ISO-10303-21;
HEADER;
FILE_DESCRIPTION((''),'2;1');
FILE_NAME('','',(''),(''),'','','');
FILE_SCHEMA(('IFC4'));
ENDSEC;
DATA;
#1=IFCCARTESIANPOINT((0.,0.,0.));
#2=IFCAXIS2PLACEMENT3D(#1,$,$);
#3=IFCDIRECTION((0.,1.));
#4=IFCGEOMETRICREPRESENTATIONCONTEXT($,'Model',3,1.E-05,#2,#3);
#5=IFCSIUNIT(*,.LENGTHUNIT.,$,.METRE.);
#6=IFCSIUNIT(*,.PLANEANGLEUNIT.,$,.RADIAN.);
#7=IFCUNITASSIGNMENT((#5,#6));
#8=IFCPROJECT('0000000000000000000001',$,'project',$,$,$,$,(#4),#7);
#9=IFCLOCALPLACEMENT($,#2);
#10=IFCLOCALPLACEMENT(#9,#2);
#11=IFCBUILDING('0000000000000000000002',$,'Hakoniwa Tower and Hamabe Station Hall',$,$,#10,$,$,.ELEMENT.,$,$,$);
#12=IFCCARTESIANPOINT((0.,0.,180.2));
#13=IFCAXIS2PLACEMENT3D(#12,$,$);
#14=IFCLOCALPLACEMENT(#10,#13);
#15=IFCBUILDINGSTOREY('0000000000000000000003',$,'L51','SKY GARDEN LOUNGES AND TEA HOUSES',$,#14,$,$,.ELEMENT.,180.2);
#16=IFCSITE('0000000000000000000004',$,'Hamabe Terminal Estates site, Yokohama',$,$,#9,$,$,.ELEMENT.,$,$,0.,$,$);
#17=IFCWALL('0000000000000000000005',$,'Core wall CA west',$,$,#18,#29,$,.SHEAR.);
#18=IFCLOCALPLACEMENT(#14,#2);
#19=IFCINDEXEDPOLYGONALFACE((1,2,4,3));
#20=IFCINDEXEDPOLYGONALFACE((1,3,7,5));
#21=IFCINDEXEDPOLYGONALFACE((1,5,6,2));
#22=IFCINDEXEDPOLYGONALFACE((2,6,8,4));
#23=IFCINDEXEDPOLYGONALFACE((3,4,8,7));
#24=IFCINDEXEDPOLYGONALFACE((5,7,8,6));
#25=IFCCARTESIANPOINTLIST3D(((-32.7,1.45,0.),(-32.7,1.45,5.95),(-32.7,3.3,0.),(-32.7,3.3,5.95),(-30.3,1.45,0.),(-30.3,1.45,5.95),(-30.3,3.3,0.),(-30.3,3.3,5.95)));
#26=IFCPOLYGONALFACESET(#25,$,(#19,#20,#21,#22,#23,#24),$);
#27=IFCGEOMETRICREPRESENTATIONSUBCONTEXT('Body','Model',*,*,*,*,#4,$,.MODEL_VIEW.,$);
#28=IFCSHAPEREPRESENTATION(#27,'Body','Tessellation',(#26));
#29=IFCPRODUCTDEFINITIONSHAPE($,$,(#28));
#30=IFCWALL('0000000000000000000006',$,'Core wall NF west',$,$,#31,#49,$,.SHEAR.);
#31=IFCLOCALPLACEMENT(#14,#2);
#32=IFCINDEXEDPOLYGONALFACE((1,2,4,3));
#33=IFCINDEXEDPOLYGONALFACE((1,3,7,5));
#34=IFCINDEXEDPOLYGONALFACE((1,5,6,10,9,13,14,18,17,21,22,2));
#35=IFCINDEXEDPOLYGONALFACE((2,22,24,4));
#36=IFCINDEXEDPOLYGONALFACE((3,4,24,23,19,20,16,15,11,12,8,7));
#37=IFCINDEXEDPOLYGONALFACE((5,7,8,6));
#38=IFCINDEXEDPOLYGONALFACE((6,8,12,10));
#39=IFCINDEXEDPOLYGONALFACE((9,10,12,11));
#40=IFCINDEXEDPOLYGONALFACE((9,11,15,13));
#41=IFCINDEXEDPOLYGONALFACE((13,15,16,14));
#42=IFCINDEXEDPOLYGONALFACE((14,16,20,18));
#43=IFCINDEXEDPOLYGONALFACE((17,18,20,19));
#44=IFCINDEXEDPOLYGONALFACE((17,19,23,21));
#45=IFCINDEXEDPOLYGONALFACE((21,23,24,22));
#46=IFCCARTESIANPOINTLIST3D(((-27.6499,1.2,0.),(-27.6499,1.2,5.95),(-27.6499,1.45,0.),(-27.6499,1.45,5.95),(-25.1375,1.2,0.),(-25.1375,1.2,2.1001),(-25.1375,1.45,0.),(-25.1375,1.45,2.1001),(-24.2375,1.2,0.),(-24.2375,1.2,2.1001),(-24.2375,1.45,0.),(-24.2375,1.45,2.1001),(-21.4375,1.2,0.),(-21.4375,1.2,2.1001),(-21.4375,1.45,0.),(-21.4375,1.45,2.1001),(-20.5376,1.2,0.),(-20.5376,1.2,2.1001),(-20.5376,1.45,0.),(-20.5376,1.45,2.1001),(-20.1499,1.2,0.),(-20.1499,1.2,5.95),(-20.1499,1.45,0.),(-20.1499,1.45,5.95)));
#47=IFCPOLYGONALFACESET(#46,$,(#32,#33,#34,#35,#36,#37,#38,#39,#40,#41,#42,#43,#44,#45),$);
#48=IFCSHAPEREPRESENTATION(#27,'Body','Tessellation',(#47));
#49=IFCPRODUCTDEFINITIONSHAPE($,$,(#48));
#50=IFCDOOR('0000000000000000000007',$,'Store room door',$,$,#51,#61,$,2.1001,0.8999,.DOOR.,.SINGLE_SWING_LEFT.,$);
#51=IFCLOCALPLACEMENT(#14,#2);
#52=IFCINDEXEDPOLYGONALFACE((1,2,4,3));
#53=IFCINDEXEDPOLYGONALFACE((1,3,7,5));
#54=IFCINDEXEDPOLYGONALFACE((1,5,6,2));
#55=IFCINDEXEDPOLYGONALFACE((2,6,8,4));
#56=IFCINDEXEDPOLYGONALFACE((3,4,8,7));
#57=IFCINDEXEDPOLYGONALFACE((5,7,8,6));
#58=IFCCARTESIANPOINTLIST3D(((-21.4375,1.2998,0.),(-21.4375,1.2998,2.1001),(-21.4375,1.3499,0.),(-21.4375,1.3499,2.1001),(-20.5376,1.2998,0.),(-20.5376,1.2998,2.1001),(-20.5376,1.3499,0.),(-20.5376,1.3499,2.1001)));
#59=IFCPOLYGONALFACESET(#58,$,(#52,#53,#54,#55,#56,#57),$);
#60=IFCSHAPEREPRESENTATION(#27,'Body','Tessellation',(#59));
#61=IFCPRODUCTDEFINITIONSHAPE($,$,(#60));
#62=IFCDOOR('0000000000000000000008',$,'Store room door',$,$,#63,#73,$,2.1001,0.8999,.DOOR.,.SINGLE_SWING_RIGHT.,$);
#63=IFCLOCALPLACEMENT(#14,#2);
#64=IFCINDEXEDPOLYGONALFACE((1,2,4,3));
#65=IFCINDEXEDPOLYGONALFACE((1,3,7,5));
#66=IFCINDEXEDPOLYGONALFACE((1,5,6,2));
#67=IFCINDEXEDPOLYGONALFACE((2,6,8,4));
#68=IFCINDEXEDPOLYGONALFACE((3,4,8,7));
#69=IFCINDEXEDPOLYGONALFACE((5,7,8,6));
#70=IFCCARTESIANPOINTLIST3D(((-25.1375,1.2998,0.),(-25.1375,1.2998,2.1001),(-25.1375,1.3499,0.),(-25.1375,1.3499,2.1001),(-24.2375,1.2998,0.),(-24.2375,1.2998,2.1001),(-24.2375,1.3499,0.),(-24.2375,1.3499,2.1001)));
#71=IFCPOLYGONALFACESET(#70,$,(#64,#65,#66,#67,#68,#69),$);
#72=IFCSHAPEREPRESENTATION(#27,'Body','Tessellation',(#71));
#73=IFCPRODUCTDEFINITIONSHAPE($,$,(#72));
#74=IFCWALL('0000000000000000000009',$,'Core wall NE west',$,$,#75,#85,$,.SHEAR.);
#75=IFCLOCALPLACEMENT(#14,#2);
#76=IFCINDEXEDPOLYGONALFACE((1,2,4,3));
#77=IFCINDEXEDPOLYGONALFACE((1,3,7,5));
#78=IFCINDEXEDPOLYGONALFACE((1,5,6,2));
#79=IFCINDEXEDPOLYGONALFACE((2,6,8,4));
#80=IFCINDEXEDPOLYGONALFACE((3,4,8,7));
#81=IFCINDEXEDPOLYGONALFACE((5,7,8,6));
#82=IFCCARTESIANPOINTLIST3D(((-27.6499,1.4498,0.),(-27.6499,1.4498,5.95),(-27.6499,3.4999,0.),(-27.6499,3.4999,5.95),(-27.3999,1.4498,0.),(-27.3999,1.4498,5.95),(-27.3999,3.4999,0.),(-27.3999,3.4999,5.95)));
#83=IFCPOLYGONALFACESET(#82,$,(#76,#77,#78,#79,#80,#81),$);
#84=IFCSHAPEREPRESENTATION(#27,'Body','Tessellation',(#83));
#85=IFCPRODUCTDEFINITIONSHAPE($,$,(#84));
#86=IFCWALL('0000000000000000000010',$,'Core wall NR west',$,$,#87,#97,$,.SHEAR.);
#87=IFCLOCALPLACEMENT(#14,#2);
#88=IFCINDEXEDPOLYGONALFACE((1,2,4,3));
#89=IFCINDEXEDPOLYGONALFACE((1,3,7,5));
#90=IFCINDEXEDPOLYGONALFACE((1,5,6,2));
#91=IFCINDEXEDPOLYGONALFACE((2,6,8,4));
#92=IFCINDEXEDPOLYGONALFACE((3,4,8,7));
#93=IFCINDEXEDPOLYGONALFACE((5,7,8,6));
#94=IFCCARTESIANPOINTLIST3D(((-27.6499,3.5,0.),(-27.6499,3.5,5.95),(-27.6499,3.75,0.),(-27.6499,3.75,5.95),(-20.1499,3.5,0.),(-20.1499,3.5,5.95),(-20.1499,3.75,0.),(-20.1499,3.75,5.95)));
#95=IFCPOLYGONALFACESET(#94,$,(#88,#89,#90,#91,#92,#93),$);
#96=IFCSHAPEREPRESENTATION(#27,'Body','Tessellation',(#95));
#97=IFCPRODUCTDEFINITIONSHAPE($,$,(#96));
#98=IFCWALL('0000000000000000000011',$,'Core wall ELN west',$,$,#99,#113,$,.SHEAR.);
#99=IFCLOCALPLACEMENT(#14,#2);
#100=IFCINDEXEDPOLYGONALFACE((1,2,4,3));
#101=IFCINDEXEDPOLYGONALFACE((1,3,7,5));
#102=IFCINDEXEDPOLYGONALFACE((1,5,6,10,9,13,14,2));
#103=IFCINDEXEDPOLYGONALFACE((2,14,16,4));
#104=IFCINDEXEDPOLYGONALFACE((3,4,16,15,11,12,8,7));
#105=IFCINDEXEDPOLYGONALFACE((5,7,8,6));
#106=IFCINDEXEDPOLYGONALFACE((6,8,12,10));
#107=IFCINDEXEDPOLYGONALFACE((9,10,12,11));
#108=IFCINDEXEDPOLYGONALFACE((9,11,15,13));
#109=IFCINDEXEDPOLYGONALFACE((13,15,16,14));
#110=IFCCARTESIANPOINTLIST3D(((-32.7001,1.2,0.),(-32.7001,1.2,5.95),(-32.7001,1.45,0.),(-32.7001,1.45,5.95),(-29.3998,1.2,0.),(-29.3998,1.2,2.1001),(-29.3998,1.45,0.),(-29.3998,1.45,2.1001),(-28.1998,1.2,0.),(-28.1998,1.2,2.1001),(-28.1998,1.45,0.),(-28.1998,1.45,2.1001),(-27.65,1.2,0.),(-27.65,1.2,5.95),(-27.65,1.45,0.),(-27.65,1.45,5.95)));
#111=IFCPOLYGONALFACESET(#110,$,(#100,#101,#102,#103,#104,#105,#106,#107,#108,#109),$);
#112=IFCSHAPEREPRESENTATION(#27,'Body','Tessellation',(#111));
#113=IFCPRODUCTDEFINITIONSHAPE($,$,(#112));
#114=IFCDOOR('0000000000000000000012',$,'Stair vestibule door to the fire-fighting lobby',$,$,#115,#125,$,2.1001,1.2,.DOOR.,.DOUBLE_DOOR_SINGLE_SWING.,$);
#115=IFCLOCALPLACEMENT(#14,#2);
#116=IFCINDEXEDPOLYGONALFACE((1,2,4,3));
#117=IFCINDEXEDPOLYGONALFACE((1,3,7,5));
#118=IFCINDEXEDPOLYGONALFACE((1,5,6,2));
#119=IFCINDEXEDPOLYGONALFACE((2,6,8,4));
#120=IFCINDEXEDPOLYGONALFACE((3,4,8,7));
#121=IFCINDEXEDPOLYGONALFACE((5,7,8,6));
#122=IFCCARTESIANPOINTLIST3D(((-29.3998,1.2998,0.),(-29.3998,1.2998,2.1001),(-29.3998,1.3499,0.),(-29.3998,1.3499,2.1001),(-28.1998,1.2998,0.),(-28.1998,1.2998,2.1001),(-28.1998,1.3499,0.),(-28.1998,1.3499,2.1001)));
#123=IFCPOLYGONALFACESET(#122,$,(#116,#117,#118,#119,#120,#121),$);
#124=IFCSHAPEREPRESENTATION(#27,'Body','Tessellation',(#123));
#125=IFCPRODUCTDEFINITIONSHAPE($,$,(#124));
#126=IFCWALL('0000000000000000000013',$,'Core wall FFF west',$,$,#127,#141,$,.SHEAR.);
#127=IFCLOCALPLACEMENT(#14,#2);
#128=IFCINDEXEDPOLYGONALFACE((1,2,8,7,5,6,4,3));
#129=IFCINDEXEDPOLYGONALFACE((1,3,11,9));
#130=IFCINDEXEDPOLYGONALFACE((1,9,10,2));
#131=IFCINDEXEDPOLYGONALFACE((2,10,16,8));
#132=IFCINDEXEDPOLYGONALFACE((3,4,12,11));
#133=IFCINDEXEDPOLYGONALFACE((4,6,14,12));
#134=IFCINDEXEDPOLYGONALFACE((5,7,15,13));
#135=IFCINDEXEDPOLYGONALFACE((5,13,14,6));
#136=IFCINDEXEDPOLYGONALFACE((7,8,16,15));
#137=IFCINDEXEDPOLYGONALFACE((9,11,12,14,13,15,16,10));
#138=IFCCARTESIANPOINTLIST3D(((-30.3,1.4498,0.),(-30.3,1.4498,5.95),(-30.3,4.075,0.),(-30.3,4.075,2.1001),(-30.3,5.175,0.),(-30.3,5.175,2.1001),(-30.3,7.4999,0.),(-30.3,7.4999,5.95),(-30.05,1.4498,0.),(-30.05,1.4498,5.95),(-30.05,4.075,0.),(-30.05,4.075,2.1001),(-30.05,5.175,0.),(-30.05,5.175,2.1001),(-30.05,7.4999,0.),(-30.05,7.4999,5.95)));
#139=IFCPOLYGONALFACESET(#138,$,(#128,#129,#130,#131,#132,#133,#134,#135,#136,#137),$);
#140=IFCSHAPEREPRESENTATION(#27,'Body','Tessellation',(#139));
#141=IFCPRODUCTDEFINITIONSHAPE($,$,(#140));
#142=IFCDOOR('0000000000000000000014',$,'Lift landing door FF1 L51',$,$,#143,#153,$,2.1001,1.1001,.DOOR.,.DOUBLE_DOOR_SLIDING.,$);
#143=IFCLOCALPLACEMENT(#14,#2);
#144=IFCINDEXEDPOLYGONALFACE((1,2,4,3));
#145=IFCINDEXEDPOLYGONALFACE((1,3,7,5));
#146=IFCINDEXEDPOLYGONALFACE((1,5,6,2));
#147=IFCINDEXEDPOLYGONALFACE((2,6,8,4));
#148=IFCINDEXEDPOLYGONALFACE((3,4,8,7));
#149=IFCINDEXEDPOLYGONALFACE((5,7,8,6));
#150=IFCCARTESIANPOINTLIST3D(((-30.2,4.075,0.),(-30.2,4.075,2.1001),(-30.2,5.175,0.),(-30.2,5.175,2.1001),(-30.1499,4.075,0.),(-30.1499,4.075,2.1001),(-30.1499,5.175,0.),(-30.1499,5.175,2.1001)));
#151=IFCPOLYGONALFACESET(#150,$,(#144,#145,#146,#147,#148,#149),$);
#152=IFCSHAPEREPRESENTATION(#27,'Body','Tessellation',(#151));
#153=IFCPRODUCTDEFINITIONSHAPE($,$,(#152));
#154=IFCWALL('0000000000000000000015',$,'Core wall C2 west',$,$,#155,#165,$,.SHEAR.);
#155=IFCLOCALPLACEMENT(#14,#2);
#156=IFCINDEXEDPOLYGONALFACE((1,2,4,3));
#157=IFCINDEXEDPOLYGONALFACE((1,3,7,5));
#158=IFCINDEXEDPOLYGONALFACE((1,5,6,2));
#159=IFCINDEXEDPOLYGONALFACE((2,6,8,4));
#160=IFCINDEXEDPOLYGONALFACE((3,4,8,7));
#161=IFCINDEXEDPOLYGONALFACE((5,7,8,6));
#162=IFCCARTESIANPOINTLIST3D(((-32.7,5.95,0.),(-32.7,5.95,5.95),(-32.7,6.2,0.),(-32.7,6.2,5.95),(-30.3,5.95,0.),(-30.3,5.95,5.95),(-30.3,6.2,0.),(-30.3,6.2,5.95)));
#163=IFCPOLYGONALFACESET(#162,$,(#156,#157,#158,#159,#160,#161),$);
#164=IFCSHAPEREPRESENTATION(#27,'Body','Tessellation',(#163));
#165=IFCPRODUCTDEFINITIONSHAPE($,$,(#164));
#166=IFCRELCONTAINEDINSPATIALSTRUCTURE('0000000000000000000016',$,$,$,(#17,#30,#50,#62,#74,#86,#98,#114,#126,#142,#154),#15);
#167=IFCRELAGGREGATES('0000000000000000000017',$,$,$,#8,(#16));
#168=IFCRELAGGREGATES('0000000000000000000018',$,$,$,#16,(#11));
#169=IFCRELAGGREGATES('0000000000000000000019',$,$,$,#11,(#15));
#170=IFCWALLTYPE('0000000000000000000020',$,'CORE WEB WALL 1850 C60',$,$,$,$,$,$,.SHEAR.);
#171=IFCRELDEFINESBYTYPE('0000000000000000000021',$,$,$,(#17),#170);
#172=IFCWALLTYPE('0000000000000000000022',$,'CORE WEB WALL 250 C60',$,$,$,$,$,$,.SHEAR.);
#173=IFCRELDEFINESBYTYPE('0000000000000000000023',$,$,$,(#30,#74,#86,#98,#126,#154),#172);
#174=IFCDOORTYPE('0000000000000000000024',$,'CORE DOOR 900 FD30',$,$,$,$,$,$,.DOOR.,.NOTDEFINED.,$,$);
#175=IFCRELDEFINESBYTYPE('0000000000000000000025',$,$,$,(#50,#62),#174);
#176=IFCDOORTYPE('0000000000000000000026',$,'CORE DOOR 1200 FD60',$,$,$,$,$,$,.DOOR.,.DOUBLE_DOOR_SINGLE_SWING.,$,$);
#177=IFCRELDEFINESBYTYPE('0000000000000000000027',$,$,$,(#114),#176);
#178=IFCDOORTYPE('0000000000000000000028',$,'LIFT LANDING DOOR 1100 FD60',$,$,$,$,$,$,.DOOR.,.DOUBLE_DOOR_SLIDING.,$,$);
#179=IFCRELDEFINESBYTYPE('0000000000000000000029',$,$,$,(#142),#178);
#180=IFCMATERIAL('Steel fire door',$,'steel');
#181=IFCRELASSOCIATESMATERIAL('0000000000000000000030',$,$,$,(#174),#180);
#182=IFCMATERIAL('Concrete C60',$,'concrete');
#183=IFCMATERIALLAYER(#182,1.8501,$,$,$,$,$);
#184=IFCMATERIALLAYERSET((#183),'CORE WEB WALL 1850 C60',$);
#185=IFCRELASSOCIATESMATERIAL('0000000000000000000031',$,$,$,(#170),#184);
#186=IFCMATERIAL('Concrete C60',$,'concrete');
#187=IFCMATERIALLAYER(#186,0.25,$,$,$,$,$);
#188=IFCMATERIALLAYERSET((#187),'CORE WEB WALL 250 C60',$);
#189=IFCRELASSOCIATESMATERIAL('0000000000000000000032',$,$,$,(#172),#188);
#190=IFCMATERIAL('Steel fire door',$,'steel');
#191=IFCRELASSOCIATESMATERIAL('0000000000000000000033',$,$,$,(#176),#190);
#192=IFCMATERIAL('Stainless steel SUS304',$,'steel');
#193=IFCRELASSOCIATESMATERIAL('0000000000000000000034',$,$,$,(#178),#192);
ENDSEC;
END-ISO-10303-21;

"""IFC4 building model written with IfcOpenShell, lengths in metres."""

from ifc_helpers import new_model, si_unit, direction, frame, frame_2d, origin, place, context, subcontext, project, spatial, rectangle, extrude, material, layer, layer_set, type_object, element, fill, save


model = new_model("IFC4")

# Units and contexts
model_context = context("Model", 3, precision=1e-05, world=origin(), true_north=direction((0.0, 1.0)))
body_context = subcontext(model_context, "Body", "Model", "MODEL_VIEW")
ifc_project = project(units=[si_unit("LENGTHUNIT", "METRE"), si_unit("PLANEANGLEUNIT", "RADIAN")], contexts=[model_context])

# Site, building, storey
site_placement = place(None, origin())
site = spatial("IfcSite", under=ifc_project, at=site_placement, Name="Hamabe Terminal Estates site, Yokohama", CompositionType="ELEMENT", RefElevation=0.0)
building_placement = place(site_placement, origin())
building = spatial("IfcBuilding", under=site, at=building_placement, Name="Hakoniwa Tower and Hamabe Station Hall", CompositionType="ELEMENT")
storey_placement = place(building_placement, frame((0.0, 0.0, 180.2)))
storey = spatial("IfcBuildingStorey", under=building, at=storey_placement, Name="L51", Description="SKY GARDEN LOUNGES AND TEA HOUSES", CompositionType="ELEMENT", Elevation=180.2)

# Shared definitions
ifc_material_1 = material(Name="Steel fire door", Category="steel")
door_type_1 = type_object("IfcDoorType", Name="CORE DOOR 900 FD30", OperationType="NOTDEFINED", PredefinedType="DOOR", material=ifc_material_1)

# Wall
ifc_material_2 = material(Name="Concrete C60", Category="concrete")
ifc_layer_1 = layer(ifc_material_2, 1.8501)
ifc_layer_set_1 = layer_set([ifc_layer_1], Name="CORE WEB WALL 1850 C60")
wall_type_1 = type_object("IfcWallType", Name="CORE WEB WALL 1850 C60", PredefinedType="SHEAR", material=ifc_layer_set_1)
wall_1_placement = place(storey_placement, frame((-32.7, 2.375, 0.0), z_axis=(0.0, 0.0, 1.0), x_axis=(1.0, 0.0, 0.0)))
element("IfcWall", 1, at=wall_1_placement, inside=storey, type_object=wall_type_1, Name="Core wall CA west", PredefinedType="SHEAR", context=body_context, shape_type="SweptSolid", body=[
    extrude(rectangle(XDim=2.3999, YDim=1.8501, at=frame_2d((1.2, 0.0))), origin(), (0.0, 0.0, 1.0), 5.95),
])

# Wall, openings, doors
ifc_material_3 = material(Name="Concrete C60", Category="concrete")
ifc_layer_2 = layer(ifc_material_3, 0.25)
ifc_layer_set_2 = layer_set([ifc_layer_2], Name="CORE WEB WALL 250 C60")
wall_type_2 = type_object("IfcWallType", Name="CORE WEB WALL 250 C60", PredefinedType="SHEAR", material=ifc_layer_set_2)
wall_2_placement = place(storey_placement, frame((-27.6499, 1.325, 0.0), z_axis=(0.0, 0.0, 1.0), x_axis=(1.0, 0.0, 0.0)))
wall_2 = element("IfcWall", 2, at=wall_2_placement, inside=storey, type_object=wall_type_2, Name="Core wall NF west", PredefinedType="SHEAR", context=body_context, shape_type="SweptSolid", body=[
    extrude(rectangle(XDim=7.5, YDim=0.25, at=frame_2d((3.75, 0.0))), origin(), (0.0, 0.0, 1.0), 5.95),
])
opening_1_placement = place(wall_2_placement, frame((6.2124, 0.0, 0.0)))
opening_1 = element("IfcOpeningElement", 3, at=opening_1_placement, cuts=wall_2, PredefinedType="OPENING", context=body_context, shape_type="SweptSolid", body=[
    extrude(rectangle(XDim=0.8999, YDim=2.1001, at=frame_2d((0.45, 1.05))), frame((0.0, 0.135, 0.0), z_axis=(0.0, -1.0, 0.0), x_axis=(1.0, 0.0, 0.0)), (0.0, 0.0, 1.0), 0.27),
])
opening_2_placement = place(wall_2_placement, frame((2.5125, 0.0, 0.0)))
opening_2 = element("IfcOpeningElement", 4, at=opening_2_placement, cuts=wall_2, PredefinedType="OPENING", context=body_context, shape_type="SweptSolid", body=[
    extrude(rectangle(XDim=0.8999, YDim=2.1001, at=frame_2d((0.45, 1.05))), frame((0.0, 0.135, 0.0), z_axis=(0.0, -1.0, 0.0), x_axis=(1.0, 0.0, 0.0)), (0.0, 0.0, 1.0), 0.27),
])
door_1_placement = place(opening_1_placement, origin())
door_1 = element("IfcDoor", 5, at=door_1_placement, inside=storey, type_object=door_type_1, Name="Store room door", OperationType="SINGLE_SWING_LEFT", OverallHeight=2.1001, OverallWidth=0.8999, PredefinedType="DOOR", context=body_context, shape_type="SweptSolid", body=[
    extrude(rectangle(XDim=0.8999, YDim=2.1001, at=frame_2d((0.45, 1.05))), frame((0.0, 0.0249, 0.0), z_axis=(0.0, -1.0, 0.0), x_axis=(1.0, 0.0, 0.0)), (0.0, 0.0, 1.0), 0.05),
])
fill(opening_1, door_1)
door_2_placement = place(opening_2_placement, origin())
door_2 = element("IfcDoor", 6, at=door_2_placement, inside=storey, type_object=door_type_1, Name="Store room door", OperationType="SINGLE_SWING_RIGHT", OverallHeight=2.1001, OverallWidth=0.8999, PredefinedType="DOOR", context=body_context, shape_type="SweptSolid", body=[
    extrude(rectangle(XDim=0.8999, YDim=2.1001, at=frame_2d((0.45, 1.05))), frame((0.0, 0.0249, 0.0), z_axis=(0.0, -1.0, 0.0), x_axis=(1.0, 0.0, 0.0)), (0.0, 0.0, 1.0), 0.05),
])
fill(opening_2, door_2)

# Walls
wall_3_placement = place(storey_placement, frame((-27.5249, 1.45, 0.0), z_axis=(0.0, 0.0, 1.0), x_axis=(0.0, 1.0, 0.0)))
element("IfcWall", 7, at=wall_3_placement, inside=storey, type_object=wall_type_2, Name="Core wall NE west", PredefinedType="SHEAR", context=body_context, shape_type="SweptSolid", body=[
    extrude(rectangle(XDim=2.05, YDim=0.25, at=frame_2d((1.0249, 0.0))), origin(), (0.0, 0.0, 1.0), 5.95),
])
wall_4_placement = place(storey_placement, frame((-27.6499, 3.625, 0.0), z_axis=(0.0, 0.0, 1.0), x_axis=(1.0, 0.0, 0.0)))
element("IfcWall", 8, at=wall_4_placement, inside=storey, type_object=wall_type_2, Name="Core wall NR west", PredefinedType="SHEAR", context=body_context, shape_type="SweptSolid", body=[
    extrude(rectangle(XDim=7.5, YDim=0.25, at=frame_2d((3.75, 0.0))), origin(), (0.0, 0.0, 1.0), 5.95),
])

# Walls, openings, doors
wall_5_placement = place(storey_placement, frame((-32.7, 1.325, 0.0), z_axis=(0.0, 0.0, 1.0), x_axis=(1.0, 0.0, 0.0)))
wall_5 = element("IfcWall", 9, at=wall_5_placement, inside=storey, type_object=wall_type_2, Name="Core wall ELN west", PredefinedType="SHEAR", context=body_context, shape_type="SweptSolid", body=[
    extrude(rectangle(XDim=5.05, YDim=0.25, at=frame_2d((2.5249, 0.0))), origin(), (0.0, 0.0, 1.0), 5.95),
])
opening_3_placement = place(wall_5_placement, frame((3.3, 0.0, 0.0)))
opening_3 = element("IfcOpeningElement", 10, at=opening_3_placement, cuts=wall_5, PredefinedType="OPENING", context=body_context, shape_type="SweptSolid", body=[
    extrude(rectangle(XDim=1.2, YDim=2.1001, at=frame_2d((0.6001, 1.05))), frame((0.0, 0.135, 0.0), z_axis=(0.0, -1.0, 0.0), x_axis=(1.0, 0.0, 0.0)), (0.0, 0.0, 1.0), 0.27),
])
ifc_material_4 = material(Name="Steel fire door", Category="steel")
door_type_2 = type_object("IfcDoorType", Name="CORE DOOR 1200 FD60", OperationType="DOUBLE_DOOR_SINGLE_SWING", PredefinedType="DOOR", material=ifc_material_4)
door_3_placement = place(opening_3_placement, origin())
door_3 = element("IfcDoor", 11, at=door_3_placement, inside=storey, type_object=door_type_2, Name="Stair vestibule door to the fire-fighting lobby", OperationType="DOUBLE_DOOR_SINGLE_SWING", OverallHeight=2.1001, OverallWidth=1.2, PredefinedType="DOOR", context=body_context, shape_type="SweptSolid", body=[
    extrude(rectangle(XDim=1.2, YDim=2.1001, at=frame_2d((0.6001, 1.05))), frame((0.0, 0.0249, 0.0), z_axis=(0.0, -1.0, 0.0), x_axis=(1.0, 0.0, 0.0)), (0.0, 0.0, 1.0), 0.05),
])
fill(opening_3, door_3)
wall_6_placement = place(storey_placement, frame((-30.175, 1.45, 0.0), z_axis=(0.0, 0.0, 1.0), x_axis=(0.0, 1.0, 0.0)))
wall_6 = element("IfcWall", 12, at=wall_6_placement, inside=storey, type_object=wall_type_2, Name="Core wall FFF west", PredefinedType="SHEAR", context=body_context, shape_type="SweptSolid", body=[
    extrude(rectangle(XDim=6.05, YDim=0.25, at=frame_2d((3.0249, 0.0))), origin(), (0.0, 0.0, 1.0), 5.95),
])
opening_4_placement = place(wall_6_placement, frame((2.625, 0.0, 0.0)))
opening_4 = element("IfcOpeningElement", 13, at=opening_4_placement, cuts=wall_6, PredefinedType="OPENING", context=body_context, shape_type="SweptSolid", body=[
    extrude(rectangle(XDim=1.1001, YDim=2.1001, at=frame_2d((0.55, 1.05))), frame((0.0, 0.135, 0.0), z_axis=(0.0, -1.0, 0.0), x_axis=(1.0, 0.0, 0.0)), (0.0, 0.0, 1.0), 0.27),
])
ifc_material_5 = material(Name="Stainless steel SUS304", Category="steel")
door_type_3 = type_object("IfcDoorType", Name="LIFT LANDING DOOR 1100 FD60", OperationType="DOUBLE_DOOR_SLIDING", PredefinedType="DOOR", material=ifc_material_5)
door_4_placement = place(opening_4_placement, origin())
door_4 = element("IfcDoor", 14, at=door_4_placement, inside=storey, type_object=door_type_3, Name="Lift landing door FF1 L51", OperationType="DOUBLE_DOOR_SLIDING", OverallHeight=2.1001, OverallWidth=1.1001, PredefinedType="DOOR", context=body_context, shape_type="SweptSolid", body=[
    extrude(rectangle(XDim=1.1001, YDim=2.1001, at=frame_2d((0.55, 1.05))), frame((0.0, 0.0249, 0.0), z_axis=(0.0, -1.0, 0.0), x_axis=(1.0, 0.0, 0.0)), (0.0, 0.0, 1.0), 0.05),
])
fill(opening_4, door_4)

# Wall
wall_7_placement = place(storey_placement, frame((-32.7, 6.075, 0.0), z_axis=(0.0, 0.0, 1.0), x_axis=(1.0, 0.0, 0.0)))
element("IfcWall", 15, at=wall_7_placement, inside=storey, type_object=wall_type_2, Name="Core wall C2 west", PredefinedType="SHEAR", context=body_context, shape_type="SweptSolid", body=[
    extrude(rectangle(XDim=2.3999, YDim=0.25, at=frame_2d((1.2, 0.0))), origin(), (0.0, 0.0, 1.0), 5.95),
])

save(model, "model.ifc")
